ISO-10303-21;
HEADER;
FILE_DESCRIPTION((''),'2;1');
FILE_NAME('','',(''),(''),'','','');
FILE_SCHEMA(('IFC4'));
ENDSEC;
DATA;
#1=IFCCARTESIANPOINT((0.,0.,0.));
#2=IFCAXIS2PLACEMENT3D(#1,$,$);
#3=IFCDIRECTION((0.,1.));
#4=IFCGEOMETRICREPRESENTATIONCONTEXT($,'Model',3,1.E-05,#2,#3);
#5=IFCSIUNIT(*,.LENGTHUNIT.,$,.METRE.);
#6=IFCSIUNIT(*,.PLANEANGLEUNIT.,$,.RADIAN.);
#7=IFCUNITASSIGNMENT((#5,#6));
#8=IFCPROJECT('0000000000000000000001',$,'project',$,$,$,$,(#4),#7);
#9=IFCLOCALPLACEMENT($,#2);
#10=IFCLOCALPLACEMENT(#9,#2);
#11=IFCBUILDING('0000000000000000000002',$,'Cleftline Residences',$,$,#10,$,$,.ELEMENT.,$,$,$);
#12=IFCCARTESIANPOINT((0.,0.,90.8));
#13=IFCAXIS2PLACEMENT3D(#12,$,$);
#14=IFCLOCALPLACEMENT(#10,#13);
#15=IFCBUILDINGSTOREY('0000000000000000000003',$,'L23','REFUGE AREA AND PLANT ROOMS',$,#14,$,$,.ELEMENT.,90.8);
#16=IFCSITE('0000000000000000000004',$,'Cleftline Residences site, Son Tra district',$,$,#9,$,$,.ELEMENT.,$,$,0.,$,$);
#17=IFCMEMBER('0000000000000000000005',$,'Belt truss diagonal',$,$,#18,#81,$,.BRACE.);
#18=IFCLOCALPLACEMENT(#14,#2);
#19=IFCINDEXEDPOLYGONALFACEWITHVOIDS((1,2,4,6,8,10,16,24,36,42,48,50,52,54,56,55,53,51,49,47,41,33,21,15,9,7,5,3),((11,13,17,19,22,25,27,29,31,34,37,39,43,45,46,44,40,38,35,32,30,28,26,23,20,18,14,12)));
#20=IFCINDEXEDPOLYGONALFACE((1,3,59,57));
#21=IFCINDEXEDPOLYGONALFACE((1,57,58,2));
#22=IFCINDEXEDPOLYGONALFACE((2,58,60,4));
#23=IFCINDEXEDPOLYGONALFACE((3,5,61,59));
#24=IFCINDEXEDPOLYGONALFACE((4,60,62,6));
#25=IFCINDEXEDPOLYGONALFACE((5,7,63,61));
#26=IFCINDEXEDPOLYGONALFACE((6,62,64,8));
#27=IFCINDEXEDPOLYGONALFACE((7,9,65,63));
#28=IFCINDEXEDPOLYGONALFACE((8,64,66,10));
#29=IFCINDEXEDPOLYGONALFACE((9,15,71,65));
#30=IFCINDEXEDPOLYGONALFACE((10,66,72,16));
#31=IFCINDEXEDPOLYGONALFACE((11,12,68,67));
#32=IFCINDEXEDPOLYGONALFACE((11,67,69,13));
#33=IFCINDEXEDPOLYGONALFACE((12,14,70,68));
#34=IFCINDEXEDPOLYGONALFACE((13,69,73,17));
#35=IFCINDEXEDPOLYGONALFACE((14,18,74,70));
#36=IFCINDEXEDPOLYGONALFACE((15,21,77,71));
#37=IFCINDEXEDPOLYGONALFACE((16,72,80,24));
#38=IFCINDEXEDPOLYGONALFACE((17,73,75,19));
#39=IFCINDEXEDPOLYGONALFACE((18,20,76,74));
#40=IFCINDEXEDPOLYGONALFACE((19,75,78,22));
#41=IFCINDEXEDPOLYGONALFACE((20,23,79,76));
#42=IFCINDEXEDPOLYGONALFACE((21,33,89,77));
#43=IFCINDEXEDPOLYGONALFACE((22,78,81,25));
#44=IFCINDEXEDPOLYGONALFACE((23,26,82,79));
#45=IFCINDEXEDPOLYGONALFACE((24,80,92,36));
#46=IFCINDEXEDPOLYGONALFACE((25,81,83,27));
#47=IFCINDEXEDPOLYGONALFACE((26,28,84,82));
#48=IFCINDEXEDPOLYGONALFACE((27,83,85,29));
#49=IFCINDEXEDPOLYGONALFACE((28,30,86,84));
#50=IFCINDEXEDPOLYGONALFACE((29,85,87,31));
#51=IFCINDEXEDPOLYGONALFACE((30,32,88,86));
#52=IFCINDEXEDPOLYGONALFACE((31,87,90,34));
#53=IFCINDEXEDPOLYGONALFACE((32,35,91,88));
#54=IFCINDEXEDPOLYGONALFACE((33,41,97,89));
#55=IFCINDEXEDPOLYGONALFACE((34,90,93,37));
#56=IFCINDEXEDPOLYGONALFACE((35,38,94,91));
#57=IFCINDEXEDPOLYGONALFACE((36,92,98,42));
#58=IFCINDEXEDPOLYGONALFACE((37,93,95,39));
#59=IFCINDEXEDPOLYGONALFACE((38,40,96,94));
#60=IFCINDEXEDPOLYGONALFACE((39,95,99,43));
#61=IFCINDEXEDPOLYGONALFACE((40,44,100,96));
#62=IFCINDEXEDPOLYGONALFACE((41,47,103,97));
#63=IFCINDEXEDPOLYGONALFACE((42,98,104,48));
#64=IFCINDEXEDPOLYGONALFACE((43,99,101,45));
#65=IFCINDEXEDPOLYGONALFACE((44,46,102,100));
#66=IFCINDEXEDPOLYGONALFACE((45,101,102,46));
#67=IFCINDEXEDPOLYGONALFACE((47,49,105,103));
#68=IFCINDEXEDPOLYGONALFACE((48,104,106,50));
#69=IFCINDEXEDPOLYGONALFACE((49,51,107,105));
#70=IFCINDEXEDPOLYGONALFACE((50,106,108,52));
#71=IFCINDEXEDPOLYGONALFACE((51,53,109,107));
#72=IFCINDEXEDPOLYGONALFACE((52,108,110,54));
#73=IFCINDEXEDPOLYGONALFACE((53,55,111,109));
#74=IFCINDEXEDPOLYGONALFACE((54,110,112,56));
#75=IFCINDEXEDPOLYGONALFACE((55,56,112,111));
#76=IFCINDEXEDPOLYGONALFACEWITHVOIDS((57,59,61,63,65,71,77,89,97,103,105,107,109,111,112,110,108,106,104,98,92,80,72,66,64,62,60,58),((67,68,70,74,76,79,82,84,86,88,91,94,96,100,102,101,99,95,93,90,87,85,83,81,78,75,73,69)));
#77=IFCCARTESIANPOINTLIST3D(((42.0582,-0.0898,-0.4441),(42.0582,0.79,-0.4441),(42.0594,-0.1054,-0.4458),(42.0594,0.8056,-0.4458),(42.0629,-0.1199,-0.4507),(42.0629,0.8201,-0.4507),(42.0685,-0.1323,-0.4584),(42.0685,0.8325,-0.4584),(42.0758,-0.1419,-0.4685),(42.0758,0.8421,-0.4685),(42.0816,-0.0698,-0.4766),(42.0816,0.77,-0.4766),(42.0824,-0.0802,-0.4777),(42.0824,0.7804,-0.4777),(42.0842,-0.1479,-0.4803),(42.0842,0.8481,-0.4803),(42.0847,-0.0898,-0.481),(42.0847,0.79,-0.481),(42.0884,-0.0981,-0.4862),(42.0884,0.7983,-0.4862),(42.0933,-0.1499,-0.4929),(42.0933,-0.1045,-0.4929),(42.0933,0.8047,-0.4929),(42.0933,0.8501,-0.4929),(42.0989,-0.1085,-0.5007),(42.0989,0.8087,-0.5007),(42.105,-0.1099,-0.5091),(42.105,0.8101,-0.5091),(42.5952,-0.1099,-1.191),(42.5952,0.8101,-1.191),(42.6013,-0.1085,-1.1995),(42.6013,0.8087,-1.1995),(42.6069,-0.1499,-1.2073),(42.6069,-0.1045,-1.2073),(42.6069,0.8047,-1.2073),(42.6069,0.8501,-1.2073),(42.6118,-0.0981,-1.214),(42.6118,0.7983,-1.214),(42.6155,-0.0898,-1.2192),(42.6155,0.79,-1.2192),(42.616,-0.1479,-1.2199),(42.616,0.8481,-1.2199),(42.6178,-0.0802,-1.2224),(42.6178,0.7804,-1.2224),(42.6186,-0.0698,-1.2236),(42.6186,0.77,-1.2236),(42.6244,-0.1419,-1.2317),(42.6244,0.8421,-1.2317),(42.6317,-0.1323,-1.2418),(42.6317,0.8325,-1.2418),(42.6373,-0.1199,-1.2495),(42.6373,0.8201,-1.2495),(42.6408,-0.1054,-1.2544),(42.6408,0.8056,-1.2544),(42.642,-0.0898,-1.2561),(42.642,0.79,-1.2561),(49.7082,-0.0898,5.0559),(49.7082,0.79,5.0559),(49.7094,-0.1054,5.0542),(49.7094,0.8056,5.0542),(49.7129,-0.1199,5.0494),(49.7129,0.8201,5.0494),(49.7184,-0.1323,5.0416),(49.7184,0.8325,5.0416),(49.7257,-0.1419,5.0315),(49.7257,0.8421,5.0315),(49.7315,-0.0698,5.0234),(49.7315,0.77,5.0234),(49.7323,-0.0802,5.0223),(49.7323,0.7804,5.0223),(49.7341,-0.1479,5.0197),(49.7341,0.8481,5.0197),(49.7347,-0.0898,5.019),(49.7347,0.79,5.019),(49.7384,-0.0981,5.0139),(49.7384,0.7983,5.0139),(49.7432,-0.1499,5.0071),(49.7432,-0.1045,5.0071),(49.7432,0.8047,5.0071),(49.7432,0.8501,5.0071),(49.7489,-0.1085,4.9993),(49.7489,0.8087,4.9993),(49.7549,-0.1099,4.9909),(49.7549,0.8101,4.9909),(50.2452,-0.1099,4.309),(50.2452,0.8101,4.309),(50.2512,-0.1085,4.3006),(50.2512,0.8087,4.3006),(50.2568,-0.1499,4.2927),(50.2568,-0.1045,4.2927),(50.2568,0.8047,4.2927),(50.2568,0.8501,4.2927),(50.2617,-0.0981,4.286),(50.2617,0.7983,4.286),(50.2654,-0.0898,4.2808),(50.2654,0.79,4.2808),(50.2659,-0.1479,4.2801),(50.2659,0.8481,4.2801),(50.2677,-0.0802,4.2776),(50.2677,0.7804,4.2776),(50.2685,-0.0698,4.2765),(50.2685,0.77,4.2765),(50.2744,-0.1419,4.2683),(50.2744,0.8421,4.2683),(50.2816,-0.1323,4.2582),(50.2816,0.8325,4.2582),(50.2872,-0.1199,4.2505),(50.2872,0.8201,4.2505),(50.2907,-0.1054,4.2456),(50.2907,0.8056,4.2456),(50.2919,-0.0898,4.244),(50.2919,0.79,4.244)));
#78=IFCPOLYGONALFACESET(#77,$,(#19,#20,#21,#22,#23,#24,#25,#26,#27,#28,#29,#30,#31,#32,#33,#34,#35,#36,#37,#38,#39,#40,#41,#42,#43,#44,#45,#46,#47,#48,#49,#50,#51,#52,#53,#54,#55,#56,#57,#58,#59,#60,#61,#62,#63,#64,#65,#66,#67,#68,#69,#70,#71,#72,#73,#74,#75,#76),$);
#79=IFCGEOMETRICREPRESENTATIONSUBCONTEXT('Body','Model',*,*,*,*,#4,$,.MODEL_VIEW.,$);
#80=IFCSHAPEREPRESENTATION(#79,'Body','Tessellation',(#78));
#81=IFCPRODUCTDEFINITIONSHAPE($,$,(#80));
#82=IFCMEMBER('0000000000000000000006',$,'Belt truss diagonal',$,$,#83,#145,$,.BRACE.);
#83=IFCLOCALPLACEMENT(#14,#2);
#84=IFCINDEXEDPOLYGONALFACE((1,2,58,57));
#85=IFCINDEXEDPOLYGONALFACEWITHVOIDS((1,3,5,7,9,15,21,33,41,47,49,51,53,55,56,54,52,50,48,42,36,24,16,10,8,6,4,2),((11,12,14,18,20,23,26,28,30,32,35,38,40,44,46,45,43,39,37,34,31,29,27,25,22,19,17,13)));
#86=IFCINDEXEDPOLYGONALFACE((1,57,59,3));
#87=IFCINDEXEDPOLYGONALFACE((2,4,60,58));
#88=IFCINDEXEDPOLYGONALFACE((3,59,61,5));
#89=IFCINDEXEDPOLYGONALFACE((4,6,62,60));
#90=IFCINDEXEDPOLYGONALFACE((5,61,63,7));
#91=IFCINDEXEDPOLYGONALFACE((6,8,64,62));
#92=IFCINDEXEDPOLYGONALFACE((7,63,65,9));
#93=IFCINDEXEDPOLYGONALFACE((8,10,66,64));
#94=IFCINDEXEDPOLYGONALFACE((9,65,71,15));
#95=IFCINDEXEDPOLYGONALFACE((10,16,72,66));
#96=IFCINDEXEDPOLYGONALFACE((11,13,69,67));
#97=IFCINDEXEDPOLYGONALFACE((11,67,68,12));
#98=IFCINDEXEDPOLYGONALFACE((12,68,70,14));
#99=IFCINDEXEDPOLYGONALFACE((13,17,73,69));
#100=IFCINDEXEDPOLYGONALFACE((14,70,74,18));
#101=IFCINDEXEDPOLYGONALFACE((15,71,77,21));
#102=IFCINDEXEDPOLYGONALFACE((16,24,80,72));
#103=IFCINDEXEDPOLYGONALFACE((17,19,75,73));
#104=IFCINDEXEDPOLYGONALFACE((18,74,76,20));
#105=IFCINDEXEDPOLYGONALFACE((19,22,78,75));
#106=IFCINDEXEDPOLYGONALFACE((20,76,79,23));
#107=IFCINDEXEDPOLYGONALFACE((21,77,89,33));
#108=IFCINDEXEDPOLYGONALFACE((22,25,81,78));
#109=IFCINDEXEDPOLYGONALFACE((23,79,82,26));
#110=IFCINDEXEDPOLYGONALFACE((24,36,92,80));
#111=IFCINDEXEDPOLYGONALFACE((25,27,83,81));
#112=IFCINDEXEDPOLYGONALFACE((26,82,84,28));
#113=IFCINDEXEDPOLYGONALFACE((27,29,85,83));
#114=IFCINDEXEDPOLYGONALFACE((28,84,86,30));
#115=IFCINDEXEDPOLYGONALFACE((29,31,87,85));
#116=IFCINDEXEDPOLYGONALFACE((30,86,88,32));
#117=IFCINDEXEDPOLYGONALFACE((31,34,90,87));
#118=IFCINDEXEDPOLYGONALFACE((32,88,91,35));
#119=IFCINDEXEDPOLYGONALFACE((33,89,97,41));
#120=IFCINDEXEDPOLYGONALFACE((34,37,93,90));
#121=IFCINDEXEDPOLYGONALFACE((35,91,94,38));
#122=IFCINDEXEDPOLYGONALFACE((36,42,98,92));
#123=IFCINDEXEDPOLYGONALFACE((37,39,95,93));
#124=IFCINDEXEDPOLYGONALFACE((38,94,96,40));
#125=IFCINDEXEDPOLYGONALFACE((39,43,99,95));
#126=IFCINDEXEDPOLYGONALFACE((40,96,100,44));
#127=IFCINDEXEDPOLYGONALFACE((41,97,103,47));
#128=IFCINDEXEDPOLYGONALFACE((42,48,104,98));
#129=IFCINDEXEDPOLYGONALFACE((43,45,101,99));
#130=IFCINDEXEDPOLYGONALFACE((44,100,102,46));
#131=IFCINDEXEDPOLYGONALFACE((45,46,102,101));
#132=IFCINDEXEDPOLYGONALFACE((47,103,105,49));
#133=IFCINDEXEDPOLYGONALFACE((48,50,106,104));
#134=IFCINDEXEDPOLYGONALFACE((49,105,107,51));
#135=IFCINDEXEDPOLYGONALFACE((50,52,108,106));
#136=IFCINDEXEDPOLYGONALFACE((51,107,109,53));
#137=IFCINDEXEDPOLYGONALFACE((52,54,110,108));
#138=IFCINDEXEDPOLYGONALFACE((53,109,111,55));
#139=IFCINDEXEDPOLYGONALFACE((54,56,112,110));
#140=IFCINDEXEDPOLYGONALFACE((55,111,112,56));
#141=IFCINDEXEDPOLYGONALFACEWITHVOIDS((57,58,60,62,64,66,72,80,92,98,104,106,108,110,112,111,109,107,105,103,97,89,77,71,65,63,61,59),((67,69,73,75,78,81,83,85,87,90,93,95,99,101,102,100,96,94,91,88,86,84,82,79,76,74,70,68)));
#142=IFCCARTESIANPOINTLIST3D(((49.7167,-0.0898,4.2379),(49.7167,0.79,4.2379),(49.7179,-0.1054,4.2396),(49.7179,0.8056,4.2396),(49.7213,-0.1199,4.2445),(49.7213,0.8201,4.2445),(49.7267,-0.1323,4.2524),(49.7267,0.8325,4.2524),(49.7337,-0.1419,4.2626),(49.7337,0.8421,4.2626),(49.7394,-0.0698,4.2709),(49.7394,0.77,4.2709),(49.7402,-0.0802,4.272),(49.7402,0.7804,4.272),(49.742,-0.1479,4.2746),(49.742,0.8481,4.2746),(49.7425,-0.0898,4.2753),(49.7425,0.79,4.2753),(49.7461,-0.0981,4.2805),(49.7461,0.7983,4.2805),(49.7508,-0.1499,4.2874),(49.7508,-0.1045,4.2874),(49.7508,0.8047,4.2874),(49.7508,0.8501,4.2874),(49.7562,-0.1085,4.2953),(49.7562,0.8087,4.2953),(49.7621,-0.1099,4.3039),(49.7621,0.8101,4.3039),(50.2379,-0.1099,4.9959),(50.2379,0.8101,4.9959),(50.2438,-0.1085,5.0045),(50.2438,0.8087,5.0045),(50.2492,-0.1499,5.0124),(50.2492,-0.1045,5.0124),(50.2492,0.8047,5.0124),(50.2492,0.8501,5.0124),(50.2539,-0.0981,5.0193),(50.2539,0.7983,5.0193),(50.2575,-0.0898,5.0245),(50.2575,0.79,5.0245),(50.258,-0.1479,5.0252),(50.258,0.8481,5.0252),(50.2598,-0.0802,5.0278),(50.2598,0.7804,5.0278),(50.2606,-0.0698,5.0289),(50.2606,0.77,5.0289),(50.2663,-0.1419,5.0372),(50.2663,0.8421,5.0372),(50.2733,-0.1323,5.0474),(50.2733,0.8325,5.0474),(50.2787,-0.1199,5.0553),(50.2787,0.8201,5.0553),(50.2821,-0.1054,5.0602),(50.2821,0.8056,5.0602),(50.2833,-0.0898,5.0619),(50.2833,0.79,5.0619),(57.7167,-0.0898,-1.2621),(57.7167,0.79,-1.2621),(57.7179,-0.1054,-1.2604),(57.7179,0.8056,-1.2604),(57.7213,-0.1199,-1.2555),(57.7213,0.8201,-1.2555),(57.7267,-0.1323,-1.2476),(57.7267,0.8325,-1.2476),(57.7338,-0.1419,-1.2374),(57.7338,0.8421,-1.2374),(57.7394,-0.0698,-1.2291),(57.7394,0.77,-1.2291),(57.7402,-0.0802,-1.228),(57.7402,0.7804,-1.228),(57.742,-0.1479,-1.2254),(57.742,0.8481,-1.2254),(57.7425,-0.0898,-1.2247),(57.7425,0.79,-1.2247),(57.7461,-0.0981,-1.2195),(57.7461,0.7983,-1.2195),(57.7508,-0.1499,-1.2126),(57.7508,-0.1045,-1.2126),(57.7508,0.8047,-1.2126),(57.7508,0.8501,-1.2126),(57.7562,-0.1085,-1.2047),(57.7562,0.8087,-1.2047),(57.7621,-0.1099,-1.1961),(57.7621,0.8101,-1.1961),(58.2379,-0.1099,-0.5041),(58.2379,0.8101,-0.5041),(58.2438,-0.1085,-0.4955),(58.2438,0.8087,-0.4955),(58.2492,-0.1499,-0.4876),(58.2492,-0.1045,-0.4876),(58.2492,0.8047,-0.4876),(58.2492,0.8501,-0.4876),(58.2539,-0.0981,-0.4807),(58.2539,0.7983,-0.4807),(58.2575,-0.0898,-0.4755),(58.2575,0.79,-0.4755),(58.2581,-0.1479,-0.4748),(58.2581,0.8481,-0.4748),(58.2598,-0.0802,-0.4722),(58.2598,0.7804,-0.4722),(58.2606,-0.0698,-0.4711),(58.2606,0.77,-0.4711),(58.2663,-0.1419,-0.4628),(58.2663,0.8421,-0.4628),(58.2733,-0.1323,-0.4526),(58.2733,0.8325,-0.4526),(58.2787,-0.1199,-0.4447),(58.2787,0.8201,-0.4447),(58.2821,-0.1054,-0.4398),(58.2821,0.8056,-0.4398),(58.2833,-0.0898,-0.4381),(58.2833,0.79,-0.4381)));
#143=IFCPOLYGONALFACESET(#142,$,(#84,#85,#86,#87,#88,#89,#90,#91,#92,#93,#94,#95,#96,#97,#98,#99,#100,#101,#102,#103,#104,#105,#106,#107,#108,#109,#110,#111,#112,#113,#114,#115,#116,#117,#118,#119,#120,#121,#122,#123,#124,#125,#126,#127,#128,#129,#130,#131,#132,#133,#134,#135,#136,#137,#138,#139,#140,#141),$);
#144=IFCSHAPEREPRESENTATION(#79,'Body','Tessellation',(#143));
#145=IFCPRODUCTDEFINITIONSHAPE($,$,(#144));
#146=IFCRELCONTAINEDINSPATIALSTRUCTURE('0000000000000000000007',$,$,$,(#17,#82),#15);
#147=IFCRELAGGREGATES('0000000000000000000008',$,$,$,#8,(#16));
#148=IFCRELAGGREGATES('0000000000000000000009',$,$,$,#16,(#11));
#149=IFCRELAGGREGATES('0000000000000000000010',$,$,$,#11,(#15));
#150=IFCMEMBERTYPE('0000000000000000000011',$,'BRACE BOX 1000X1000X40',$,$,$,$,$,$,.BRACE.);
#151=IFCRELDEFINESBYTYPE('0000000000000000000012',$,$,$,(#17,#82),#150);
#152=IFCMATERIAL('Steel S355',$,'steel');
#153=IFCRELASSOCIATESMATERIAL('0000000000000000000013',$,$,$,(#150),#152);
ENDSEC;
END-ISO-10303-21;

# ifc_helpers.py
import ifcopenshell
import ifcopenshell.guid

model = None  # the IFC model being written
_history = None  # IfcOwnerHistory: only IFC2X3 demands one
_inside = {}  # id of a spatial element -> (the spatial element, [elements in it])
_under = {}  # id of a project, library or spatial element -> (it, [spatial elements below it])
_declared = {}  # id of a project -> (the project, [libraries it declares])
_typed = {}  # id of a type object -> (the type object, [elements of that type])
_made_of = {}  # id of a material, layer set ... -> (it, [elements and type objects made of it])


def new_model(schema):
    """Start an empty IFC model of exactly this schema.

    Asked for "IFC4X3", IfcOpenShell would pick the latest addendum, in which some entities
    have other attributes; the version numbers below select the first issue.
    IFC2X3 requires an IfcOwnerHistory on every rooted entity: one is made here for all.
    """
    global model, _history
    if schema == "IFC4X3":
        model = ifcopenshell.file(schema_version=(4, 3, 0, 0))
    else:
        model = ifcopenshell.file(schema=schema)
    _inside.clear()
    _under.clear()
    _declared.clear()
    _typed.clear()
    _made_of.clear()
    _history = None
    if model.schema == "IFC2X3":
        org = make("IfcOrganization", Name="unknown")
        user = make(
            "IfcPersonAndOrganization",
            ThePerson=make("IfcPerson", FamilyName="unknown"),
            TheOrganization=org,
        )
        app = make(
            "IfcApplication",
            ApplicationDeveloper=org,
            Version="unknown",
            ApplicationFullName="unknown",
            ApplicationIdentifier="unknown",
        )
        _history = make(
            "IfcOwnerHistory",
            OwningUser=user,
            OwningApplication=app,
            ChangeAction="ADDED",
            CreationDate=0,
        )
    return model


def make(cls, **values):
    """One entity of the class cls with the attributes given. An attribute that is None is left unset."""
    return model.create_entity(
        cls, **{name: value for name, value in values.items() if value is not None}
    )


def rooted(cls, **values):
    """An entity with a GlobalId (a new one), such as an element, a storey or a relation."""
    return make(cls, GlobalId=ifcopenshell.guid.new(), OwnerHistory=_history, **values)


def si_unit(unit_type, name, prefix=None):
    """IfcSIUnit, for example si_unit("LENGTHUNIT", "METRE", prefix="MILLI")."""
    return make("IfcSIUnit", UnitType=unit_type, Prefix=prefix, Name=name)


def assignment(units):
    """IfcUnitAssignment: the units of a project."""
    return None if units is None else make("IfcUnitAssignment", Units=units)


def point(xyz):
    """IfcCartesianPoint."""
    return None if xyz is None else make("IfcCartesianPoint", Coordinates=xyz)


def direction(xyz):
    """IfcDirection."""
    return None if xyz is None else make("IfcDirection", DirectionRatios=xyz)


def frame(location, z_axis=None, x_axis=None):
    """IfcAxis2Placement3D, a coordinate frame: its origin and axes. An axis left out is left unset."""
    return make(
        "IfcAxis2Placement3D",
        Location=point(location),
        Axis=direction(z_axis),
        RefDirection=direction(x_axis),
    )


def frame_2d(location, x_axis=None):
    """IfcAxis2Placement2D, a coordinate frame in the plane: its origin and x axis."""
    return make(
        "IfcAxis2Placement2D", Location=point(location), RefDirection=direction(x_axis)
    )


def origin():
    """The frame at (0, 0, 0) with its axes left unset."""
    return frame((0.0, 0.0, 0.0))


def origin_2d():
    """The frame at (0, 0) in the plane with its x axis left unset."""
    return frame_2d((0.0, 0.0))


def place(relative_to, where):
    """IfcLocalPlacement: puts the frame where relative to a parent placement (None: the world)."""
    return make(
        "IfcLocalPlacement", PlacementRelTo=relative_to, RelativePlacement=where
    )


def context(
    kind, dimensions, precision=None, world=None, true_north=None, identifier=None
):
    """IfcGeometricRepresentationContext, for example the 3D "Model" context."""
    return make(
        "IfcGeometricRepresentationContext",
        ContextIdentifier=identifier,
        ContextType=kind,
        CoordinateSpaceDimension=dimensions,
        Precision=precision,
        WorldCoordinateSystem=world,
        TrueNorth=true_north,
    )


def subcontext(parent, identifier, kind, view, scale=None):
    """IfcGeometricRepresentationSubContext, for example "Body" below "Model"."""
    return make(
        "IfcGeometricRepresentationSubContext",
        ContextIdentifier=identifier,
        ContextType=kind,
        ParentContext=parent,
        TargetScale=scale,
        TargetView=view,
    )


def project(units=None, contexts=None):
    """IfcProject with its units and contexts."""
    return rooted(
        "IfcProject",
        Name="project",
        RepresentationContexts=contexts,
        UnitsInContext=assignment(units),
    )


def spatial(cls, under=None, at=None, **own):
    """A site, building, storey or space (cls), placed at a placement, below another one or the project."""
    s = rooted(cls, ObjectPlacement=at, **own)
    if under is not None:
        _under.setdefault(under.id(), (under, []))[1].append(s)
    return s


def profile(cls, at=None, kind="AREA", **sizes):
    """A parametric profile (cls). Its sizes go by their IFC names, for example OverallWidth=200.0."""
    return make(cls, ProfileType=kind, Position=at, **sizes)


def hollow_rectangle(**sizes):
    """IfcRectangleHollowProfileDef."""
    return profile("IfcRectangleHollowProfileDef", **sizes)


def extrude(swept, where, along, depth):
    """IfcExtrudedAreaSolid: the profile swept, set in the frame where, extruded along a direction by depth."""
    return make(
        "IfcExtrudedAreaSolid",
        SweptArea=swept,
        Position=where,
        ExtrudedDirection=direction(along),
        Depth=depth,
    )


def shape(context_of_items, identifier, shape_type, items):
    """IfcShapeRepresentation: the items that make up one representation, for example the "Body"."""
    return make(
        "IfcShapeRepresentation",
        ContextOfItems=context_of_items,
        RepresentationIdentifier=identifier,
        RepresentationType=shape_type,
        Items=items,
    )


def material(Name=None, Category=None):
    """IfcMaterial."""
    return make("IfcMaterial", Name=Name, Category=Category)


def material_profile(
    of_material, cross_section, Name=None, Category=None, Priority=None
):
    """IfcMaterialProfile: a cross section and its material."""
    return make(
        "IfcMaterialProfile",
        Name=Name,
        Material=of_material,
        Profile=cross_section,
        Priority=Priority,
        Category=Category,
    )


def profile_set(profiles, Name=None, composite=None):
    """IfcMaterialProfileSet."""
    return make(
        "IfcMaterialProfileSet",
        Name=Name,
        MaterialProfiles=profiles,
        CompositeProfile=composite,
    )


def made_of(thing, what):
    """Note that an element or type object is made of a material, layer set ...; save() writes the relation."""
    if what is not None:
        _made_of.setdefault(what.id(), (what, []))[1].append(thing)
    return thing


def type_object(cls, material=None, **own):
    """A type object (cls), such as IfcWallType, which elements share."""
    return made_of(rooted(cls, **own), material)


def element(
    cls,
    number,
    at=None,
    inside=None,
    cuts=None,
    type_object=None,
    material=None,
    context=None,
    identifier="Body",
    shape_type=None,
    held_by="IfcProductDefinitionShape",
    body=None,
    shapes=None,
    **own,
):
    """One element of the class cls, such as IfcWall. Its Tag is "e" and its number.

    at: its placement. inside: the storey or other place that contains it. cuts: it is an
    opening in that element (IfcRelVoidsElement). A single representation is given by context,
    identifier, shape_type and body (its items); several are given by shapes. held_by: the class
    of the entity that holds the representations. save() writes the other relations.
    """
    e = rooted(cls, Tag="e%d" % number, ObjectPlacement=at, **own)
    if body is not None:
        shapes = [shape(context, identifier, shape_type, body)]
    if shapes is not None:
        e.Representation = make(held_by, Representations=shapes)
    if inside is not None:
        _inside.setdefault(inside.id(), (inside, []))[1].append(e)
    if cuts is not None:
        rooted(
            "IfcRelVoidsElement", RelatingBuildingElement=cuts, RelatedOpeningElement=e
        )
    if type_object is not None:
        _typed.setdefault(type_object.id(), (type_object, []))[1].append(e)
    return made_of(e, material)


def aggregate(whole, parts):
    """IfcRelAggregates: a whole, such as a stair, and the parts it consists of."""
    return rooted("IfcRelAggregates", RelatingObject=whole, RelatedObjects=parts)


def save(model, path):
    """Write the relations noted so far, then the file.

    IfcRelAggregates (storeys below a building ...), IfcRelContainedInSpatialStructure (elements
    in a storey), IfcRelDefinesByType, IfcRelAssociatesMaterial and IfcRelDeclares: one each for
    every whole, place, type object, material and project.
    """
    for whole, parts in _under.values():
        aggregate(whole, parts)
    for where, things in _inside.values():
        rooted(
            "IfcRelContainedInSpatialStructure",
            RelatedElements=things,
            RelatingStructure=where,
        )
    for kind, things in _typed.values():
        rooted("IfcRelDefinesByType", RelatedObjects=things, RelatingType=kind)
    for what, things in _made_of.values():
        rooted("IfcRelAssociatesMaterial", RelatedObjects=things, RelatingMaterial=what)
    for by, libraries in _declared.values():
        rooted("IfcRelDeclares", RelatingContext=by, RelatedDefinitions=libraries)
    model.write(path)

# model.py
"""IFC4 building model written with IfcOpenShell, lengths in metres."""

from ifc_helpers import new_model, si_unit, direction, frame, origin, origin_2d, place, context, subcontext, project, spatial, hollow_rectangle, extrude, material, material_profile, profile_set, type_object, element, save


model = new_model("IFC4")

# Units and contexts
model_context = context("Model", 3, precision=1e-05, world=origin(), true_north=direction((0.0, 1.0)))
body_context = subcontext(model_context, "Body", "Model", "MODEL_VIEW")
ifc_project = project(units=[si_unit("LENGTHUNIT", "METRE"), si_unit("PLANEANGLEUNIT", "RADIAN")], contexts=[model_context])

# Site, building, storey
site_placement = place(None, origin())
site = spatial("IfcSite", under=ifc_project, at=site_placement, Name="Cleftline Residences site, Son Tra district", CompositionType="ELEMENT", RefElevation=0.0)
building_placement = place(site_placement, origin())
building = spatial("IfcBuilding", under=site, at=building_placement, Name="Cleftline Residences", CompositionType="ELEMENT")
storey_placement = place(building_placement, frame((0.0, 0.0, 90.8)))
storey = spatial("IfcBuildingStorey", under=building, at=storey_placement, Name="L23", Description="REFUGE AREA AND PLANT ROOMS", CompositionType="ELEMENT", Elevation=90.8)

# Members
ifc_material_1 = material(Name="Steel S355", Category="steel")
ifc_material_profile_1 = material_profile(ifc_material_1, hollow_rectangle(XDim=1.0, YDim=1.0, WallThickness=0.04, InnerFilletRadius=0.04, OuterFilletRadius=0.0601, at=origin_2d()))
ifc_profile_set_1 = profile_set([ifc_material_profile_1], Name="Steel S355")
member_type_1 = type_object("IfcMemberType", Name="BRACE BOX 1000X1000X40", PredefinedType="BRACE", material=ifc_profile_set_1)
for number, where, z_axis, x_axis, name in (
    (1, (42.3501, 0.3501, -0.8501), (0.811933, 0.0, 0.58375), (-0.58375, 0.0, 0.811933), "Belt truss diagonal"),
):
    element("IfcMember", number, at=place(storey_placement, frame(where, z_axis=z_axis, x_axis=x_axis)), inside=storey, type_object=member_type_1, Name=name, PredefinedType="BRACE", context=body_context, shape_type="SweptSolid", body=[
        extrude(hollow_rectangle(XDim=1.0, YDim=1.0, WallThickness=0.04, InnerFilletRadius=0.04, OuterFilletRadius=0.0601, at=origin_2d()), origin(), (0.0, 0.0, 1.0), 9.4219),
    ])
member_1_placement = place(storey_placement, frame((50.0, 0.3501, 4.6499), z_axis=(0.824042, 0.0, -0.566529), x_axis=(0.566529, 0.0, 0.824042)))
element("IfcMember", 2, at=member_1_placement, inside=storey, type_object=member_type_1, Name="Belt truss diagonal", PredefinedType="BRACE", context=body_context, shape_type="SweptSolid", body=[
    extrude(hollow_rectangle(XDim=1.0, YDim=1.0, WallThickness=0.04, InnerFilletRadius=0.04, OuterFilletRadius=0.0601, at=origin_2d()), origin(), (0.0, 0.0, 1.0), 9.7083),
])

save(model, "model.ifc")
